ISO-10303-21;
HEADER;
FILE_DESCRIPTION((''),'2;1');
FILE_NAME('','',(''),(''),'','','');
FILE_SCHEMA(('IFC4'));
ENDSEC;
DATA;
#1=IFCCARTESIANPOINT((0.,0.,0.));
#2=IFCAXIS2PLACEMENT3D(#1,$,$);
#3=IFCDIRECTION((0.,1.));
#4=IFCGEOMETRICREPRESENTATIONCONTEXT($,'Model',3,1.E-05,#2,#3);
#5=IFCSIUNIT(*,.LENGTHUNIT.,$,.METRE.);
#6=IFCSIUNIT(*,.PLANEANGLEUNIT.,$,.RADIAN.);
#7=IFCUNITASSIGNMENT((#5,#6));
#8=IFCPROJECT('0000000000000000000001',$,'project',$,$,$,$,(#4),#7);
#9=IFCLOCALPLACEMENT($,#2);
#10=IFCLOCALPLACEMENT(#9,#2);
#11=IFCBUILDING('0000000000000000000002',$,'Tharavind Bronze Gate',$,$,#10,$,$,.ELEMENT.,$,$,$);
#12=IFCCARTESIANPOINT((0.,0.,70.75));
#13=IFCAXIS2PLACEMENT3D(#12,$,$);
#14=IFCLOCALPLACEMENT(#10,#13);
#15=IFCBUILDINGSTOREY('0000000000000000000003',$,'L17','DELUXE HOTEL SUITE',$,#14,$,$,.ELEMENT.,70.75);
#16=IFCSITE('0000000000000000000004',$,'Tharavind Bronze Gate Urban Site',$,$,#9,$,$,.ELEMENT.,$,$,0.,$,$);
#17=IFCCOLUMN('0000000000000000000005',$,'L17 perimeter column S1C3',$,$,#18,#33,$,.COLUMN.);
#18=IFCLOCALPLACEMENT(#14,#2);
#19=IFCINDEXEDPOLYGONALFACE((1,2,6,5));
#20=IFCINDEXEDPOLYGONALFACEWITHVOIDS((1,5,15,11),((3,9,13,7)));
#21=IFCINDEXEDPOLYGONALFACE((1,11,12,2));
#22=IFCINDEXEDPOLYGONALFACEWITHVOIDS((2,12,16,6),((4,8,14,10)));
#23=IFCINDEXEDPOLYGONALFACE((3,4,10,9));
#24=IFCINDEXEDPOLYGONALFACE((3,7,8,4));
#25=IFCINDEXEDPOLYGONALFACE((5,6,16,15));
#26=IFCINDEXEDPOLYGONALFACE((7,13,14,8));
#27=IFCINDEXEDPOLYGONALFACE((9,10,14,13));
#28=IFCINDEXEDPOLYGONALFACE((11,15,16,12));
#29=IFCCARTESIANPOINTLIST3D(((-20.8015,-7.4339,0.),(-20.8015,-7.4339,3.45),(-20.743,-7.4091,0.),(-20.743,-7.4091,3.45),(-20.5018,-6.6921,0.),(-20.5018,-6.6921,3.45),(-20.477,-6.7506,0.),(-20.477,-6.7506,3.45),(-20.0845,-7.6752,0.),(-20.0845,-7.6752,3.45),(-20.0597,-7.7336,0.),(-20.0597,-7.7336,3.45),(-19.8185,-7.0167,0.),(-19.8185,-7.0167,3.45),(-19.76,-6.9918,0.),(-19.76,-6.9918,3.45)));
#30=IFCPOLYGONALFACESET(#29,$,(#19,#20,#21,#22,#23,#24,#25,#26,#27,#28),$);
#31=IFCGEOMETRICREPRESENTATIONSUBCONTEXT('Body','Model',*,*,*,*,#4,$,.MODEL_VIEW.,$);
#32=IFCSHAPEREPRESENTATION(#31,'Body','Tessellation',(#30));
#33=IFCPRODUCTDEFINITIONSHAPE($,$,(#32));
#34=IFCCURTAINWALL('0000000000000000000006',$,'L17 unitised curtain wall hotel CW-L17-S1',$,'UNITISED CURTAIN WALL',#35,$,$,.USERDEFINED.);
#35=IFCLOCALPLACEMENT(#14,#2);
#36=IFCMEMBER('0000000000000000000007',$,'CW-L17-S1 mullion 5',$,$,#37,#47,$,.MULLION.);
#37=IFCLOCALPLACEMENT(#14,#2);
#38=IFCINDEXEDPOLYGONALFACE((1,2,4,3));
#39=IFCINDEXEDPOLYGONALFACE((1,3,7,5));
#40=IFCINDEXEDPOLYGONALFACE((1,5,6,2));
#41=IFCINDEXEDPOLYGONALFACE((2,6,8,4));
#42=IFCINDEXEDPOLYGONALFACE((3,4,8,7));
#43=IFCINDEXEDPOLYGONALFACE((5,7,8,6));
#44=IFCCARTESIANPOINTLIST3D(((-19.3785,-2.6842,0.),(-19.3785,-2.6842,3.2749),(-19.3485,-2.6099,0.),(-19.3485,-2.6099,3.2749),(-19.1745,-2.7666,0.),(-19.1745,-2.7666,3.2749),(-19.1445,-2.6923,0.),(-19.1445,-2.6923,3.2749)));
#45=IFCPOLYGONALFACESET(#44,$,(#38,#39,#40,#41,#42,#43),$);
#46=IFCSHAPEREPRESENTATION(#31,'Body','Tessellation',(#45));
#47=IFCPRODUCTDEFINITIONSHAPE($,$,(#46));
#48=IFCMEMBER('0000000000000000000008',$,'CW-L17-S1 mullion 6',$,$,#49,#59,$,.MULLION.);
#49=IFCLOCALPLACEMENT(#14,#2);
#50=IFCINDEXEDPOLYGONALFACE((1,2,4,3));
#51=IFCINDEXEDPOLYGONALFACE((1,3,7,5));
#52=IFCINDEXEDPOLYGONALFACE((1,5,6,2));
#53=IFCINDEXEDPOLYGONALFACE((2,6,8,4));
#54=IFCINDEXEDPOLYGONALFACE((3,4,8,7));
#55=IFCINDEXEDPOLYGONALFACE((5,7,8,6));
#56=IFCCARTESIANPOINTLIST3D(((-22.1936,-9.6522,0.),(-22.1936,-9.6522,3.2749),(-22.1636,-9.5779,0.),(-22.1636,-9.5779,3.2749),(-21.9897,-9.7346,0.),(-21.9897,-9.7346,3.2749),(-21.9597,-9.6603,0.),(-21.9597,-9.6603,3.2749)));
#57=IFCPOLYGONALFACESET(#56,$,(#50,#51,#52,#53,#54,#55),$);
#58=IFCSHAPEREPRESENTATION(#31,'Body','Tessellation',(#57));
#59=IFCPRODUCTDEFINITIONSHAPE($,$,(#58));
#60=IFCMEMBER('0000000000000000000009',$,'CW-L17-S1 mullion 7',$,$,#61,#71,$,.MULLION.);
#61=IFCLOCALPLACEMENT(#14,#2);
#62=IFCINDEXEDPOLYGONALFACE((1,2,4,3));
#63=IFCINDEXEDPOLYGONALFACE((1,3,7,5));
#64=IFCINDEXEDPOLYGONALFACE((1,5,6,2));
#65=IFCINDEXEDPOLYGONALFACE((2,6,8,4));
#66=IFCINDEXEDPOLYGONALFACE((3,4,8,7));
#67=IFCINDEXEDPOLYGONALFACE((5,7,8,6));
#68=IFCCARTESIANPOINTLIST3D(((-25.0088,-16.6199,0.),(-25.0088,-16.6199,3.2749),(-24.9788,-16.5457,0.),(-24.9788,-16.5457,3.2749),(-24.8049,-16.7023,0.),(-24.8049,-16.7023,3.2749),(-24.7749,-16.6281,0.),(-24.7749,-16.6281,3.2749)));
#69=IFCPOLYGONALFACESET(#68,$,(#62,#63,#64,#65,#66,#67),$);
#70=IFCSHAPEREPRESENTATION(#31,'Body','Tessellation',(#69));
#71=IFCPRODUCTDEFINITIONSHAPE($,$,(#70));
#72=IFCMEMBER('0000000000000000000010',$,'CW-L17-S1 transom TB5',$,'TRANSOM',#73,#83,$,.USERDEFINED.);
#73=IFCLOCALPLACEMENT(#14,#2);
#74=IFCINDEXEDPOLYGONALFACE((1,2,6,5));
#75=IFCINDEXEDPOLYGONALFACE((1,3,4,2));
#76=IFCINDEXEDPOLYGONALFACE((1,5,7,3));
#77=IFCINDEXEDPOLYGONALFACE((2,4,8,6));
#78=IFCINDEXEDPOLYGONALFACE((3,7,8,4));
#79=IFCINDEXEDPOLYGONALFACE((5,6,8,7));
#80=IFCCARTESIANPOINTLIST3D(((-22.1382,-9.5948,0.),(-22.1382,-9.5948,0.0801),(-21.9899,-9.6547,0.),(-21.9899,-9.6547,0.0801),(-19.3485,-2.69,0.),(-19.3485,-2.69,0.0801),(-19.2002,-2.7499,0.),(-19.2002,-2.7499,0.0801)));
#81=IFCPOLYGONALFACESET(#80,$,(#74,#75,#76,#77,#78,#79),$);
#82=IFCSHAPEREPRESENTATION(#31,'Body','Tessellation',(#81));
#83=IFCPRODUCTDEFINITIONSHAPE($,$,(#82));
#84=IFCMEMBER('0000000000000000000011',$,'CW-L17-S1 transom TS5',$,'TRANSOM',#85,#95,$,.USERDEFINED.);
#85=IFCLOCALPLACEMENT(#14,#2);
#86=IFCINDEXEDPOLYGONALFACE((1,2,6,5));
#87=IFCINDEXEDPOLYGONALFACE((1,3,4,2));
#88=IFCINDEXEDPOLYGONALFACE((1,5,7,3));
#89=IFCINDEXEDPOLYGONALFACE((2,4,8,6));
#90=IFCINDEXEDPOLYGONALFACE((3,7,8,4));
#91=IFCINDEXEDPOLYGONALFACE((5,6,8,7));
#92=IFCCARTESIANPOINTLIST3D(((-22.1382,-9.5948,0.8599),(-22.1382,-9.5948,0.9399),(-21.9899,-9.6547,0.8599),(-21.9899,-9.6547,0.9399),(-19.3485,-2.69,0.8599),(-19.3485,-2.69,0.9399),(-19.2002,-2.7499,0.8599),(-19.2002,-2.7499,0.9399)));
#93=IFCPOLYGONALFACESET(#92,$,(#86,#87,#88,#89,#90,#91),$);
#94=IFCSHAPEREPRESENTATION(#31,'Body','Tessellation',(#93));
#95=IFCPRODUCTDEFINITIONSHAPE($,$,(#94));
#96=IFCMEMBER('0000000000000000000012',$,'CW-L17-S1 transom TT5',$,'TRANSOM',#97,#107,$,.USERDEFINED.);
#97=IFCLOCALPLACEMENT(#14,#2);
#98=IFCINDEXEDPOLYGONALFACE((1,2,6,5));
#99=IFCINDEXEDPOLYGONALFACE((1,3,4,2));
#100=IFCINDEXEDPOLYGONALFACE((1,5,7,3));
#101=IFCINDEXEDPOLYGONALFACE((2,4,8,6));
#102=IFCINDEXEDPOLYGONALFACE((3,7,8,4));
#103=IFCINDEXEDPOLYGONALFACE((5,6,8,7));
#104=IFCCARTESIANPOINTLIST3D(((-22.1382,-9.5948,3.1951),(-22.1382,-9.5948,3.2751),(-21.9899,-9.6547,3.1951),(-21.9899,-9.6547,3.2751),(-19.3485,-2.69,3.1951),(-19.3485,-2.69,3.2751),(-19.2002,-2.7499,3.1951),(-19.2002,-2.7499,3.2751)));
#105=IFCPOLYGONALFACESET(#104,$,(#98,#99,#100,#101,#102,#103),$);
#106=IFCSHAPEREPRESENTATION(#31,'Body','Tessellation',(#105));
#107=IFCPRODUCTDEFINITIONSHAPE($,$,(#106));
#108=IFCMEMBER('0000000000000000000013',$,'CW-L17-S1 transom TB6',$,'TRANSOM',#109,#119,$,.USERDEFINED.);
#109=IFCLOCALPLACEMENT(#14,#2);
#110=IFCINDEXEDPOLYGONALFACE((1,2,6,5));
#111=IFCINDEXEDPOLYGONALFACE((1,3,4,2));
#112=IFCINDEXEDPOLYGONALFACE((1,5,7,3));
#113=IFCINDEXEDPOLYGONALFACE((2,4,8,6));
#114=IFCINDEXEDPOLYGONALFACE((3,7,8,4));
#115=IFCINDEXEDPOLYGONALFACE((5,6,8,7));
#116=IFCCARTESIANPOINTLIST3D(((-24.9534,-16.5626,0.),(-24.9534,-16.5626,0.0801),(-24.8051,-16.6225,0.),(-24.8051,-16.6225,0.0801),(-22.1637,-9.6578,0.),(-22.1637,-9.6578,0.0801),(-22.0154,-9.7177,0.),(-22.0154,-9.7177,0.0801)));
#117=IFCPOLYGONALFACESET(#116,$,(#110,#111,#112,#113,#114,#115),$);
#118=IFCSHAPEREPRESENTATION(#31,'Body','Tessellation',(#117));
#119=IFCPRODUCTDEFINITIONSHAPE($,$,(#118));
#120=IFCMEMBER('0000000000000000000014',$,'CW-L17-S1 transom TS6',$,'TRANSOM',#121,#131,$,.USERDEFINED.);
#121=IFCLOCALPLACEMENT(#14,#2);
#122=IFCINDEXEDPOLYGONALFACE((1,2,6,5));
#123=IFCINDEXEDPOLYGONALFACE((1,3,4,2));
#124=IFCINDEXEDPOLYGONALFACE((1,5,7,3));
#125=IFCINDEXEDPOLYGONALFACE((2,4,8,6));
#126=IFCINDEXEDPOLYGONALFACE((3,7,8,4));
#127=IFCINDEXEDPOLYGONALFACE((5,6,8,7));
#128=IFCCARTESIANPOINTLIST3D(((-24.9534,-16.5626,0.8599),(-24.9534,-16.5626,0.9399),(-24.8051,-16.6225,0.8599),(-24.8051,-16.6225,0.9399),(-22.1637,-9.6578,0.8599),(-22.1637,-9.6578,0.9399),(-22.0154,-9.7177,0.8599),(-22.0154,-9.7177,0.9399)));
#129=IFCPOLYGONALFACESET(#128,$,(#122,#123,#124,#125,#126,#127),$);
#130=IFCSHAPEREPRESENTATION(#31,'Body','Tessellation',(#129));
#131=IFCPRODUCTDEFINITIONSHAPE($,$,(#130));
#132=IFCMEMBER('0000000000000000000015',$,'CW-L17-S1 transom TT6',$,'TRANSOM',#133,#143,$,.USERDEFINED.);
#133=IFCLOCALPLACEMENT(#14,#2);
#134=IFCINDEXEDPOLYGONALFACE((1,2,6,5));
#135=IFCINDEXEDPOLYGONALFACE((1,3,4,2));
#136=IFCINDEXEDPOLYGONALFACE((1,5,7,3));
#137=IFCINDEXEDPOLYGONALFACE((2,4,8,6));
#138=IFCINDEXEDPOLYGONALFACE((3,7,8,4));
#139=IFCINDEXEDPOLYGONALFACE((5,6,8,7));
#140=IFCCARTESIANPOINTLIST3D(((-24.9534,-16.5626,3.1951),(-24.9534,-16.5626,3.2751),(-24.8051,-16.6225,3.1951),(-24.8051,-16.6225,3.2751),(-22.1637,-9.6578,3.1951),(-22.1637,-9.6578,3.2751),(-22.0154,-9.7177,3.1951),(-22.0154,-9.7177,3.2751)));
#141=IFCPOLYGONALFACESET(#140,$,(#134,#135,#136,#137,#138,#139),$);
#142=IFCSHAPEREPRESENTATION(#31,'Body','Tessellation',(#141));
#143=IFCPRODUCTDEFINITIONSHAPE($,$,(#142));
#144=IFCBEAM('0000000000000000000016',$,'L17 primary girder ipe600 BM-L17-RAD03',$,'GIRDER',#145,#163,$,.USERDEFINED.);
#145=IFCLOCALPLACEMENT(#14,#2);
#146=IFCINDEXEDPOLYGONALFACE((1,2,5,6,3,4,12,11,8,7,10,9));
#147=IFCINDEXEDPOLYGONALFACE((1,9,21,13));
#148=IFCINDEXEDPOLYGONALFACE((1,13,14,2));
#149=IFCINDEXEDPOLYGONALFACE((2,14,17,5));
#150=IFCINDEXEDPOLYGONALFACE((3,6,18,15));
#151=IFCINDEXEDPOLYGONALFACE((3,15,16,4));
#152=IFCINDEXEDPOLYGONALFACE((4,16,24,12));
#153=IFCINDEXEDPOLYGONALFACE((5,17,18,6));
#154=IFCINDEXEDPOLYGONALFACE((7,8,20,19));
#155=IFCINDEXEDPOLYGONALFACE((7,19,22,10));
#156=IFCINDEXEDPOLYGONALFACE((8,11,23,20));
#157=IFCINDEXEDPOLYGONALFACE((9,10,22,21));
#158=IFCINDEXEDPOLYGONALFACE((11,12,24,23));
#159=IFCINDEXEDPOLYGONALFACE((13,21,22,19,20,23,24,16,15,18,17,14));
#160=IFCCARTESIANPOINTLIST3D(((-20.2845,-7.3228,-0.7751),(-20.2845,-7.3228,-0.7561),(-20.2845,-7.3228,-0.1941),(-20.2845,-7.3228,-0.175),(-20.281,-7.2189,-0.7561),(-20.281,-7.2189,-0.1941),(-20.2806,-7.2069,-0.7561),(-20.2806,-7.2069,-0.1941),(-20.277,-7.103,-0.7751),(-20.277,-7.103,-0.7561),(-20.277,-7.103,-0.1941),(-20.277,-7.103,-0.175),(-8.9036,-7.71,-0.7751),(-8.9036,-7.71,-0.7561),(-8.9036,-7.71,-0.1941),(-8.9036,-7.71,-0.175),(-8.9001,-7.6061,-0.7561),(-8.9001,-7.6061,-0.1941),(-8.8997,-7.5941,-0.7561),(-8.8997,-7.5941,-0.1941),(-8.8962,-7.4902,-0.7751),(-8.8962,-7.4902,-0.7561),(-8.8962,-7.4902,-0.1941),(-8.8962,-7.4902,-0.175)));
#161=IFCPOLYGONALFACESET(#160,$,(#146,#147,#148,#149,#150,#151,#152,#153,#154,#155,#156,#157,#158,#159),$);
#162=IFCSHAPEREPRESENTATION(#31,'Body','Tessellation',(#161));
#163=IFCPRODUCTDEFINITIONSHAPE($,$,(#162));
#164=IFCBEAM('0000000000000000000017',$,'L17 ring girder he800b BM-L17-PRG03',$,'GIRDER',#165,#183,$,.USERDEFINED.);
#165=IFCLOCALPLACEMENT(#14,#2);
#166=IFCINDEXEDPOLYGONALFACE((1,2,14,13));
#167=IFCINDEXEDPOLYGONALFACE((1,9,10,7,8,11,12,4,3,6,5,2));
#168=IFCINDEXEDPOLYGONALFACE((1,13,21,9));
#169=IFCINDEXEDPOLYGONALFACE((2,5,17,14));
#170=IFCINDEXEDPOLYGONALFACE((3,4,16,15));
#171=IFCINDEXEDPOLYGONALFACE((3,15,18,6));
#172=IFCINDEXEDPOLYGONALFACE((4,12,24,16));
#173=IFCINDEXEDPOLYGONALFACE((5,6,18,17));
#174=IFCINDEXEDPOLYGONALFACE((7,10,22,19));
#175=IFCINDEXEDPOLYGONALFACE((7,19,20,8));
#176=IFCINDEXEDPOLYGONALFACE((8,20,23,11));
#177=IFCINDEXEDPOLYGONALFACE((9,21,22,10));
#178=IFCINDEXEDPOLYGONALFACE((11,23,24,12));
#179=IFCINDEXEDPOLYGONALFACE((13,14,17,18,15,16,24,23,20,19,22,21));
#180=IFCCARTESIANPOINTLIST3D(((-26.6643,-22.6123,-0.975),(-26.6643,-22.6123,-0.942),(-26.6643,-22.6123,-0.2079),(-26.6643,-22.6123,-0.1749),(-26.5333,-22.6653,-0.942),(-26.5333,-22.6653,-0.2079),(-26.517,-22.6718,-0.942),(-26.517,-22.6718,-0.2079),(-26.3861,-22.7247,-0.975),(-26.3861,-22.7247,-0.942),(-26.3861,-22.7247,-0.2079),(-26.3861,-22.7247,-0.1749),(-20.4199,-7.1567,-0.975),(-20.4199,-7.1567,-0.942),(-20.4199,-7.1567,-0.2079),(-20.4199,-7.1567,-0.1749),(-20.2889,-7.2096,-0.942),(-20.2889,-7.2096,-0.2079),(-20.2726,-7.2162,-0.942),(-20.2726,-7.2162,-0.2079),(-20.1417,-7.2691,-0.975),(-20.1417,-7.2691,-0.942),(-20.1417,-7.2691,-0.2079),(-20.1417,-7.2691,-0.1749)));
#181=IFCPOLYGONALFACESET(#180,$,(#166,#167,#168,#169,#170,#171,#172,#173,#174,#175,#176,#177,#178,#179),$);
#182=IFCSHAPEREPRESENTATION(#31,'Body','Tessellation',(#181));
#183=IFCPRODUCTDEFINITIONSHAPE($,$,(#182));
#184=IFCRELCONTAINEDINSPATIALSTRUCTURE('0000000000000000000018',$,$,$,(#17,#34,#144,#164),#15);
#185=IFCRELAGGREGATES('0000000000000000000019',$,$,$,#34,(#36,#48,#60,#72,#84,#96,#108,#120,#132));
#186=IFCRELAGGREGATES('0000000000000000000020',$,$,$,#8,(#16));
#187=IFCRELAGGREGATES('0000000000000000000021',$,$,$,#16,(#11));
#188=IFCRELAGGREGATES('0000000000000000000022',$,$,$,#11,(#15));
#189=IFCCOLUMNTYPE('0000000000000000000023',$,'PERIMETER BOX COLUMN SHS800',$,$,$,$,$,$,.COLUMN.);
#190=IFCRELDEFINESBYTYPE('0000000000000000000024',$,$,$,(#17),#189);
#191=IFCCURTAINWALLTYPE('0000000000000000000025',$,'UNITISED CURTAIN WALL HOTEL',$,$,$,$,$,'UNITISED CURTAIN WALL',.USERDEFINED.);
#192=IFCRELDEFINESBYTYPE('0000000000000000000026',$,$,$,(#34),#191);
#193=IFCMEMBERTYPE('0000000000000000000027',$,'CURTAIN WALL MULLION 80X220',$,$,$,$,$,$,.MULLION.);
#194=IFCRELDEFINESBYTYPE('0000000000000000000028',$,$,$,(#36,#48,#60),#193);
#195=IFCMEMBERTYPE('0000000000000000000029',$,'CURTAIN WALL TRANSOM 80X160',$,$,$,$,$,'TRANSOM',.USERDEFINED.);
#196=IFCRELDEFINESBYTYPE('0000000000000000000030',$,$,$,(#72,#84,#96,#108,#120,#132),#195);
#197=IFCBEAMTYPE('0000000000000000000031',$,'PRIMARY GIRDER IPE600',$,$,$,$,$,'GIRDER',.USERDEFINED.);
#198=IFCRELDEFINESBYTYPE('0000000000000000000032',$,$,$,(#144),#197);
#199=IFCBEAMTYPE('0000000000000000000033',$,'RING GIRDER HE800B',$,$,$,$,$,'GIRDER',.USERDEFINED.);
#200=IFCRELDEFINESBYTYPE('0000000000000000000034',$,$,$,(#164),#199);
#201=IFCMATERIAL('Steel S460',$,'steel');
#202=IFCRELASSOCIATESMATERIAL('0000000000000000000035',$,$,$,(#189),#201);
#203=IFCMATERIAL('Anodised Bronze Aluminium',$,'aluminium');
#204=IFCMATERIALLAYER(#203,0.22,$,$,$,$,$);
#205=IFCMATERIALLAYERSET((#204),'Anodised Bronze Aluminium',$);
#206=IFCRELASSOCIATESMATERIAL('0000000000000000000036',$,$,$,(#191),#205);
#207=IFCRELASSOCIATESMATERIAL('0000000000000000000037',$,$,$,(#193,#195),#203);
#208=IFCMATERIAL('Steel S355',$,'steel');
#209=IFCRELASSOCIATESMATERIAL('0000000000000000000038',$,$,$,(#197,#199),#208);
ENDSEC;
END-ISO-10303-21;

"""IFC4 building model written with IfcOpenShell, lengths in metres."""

from ifc_helpers import new_model, si_unit, direction, frame, origin, origin_2d, place, context, subcontext, project, spatial, rectangle, hollow_rectangle, i_section, extrude, material, layer, layer_set, material_profile, profile_set, type_object, element, aggregate, save


model = new_model("IFC4")

# Units and contexts
model_context = context("Model", 3, precision=1e-05, world=origin(), true_north=direction((0.0, 1.0)))
body_context = subcontext(model_context, "Body", "Model", "MODEL_VIEW")
ifc_project = project(units=[si_unit("LENGTHUNIT", "METRE"), si_unit("PLANEANGLEUNIT", "RADIAN")], contexts=[model_context])

# Site, building, storey
site_placement = place(None, origin())
site = spatial("IfcSite", under=ifc_project, at=site_placement, Name="Tharavind Bronze Gate Urban Site", CompositionType="ELEMENT", RefElevation=0.0)
building_placement = place(site_placement, origin())
building = spatial("IfcBuilding", under=site, at=building_placement, Name="Tharavind Bronze Gate", CompositionType="ELEMENT")
storey_placement = place(building_placement, frame((0.0, 0.0, 70.75)))
storey = spatial("IfcBuildingStorey", under=building, at=storey_placement, Name="L17", Description="DELUXE HOTEL SUITE", CompositionType="ELEMENT", Elevation=70.75)

# Column
ifc_material_1 = material(Name="Steel S460", Category="steel")
ifc_material_profile_1 = material_profile(ifc_material_1, hollow_rectangle(XDim=0.8, YDim=0.8, WallThickness=0.0449, at=origin_2d()), Name="SHS800X45")
ifc_profile_set_1 = profile_set([ifc_material_profile_1], Name="Steel S460")
column_type = type_object("IfcColumnType", Name="PERIMETER BOX COLUMN SHS800", PredefinedType="COLUMN", material=ifc_profile_set_1)
column_placement = place(storey_placement, frame((-20.2808, -7.2129, 0.0), z_axis=(0.0, 0.0, 1.0), x_axis=(0.374608, 0.927183, 0.0)))
element("IfcColumn", 1, at=column_placement, inside=storey, type_object=column_type, Name="L17 perimeter column S1C3", PredefinedType="COLUMN", context=body_context, shape_type="SweptSolid", body=[
    extrude(hollow_rectangle(XDim=0.8, YDim=0.8, WallThickness=0.0449, at=origin_2d()), origin(), (0.0, 0.0, 1.0), 3.45),
])

# Curtain wall, members
ifc_material_2 = material(Name="Anodised Bronze Aluminium", Category="aluminium")
ifc_layer_1 = layer(ifc_material_2, 0.22)
ifc_layer_set_1 = layer_set([ifc_layer_1], Name="Anodised Bronze Aluminium")
curtain_wall_type = type_object("IfcCurtainWallType", Name="UNITISED CURTAIN WALL HOTEL", ElementType="UNITISED CURTAIN WALL", PredefinedType="USERDEFINED", material=ifc_layer_set_1)
curtain_wall_placement = place(storey_placement, origin())
curtain_wall = element("IfcCurtainWall", 2, at=curtain_wall_placement, inside=storey, type_object=curtain_wall_type, Name="L17 unitised curtain wall hotel CW-L17-S1", ObjectType="UNITISED CURTAIN WALL", PredefinedType="USERDEFINED")
member_type_1 = type_object("IfcMemberType", Name="CURTAIN WALL MULLION 80X220", PredefinedType="MULLION", material=ifc_material_2)
member_1_placement = place(storey_placement, frame((-19.2615, -2.6882, 0.0), z_axis=(0.0, 0.0, 1.0), x_axis=(-0.374607, -0.927184, 0.0)))
member_1 = element("IfcMember", 3, at=member_1_placement, type_object=member_type_1, Name="CW-L17-S1 mullion 5", PredefinedType="MULLION", context=body_context, shape_type="SweptSolid", body=[
    extrude(rectangle(XDim=0.0801, YDim=0.22, at=origin_2d()), origin(), (0.0, 0.0, 1.0), 3.2749),
])
member_2_placement = place(storey_placement, frame((-22.0767, -9.6562, 0.0), z_axis=(0.0, 0.0, 1.0), x_axis=(-0.374607, -0.927184, 0.0)))
member_2 = element("IfcMember", 4, at=member_2_placement, type_object=member_type_1, Name="CW-L17-S1 mullion 6", PredefinedType="MULLION", context=body_context, shape_type="SweptSolid", body=[
    extrude(rectangle(XDim=0.0801, YDim=0.22, at=origin_2d()), origin(), (0.0, 0.0, 1.0), 3.2749),
])
member_3_placement = place(storey_placement, frame((-24.8918, -16.624, 0.0), z_axis=(0.0, 0.0, 1.0), x_axis=(-0.374607, -0.927184, 0.0)))
member_3 = element("IfcMember", 5, at=member_3_placement, type_object=member_type_1, Name="CW-L17-S1 mullion 7", PredefinedType="MULLION", context=body_context, shape_type="SweptSolid", body=[
    extrude(rectangle(XDim=0.0801, YDim=0.22, at=origin_2d()), origin(), (0.0, 0.0, 1.0), 3.2749),
])
member_type_2 = type_object("IfcMemberType", Name="CURTAIN WALL TRANSOM 80X160", ElementType="TRANSOM", PredefinedType="USERDEFINED", material=ifc_material_2)
member_4_placement = place(storey_placement, frame((-20.6692, -6.1724, 0.0), z_axis=(0.0, 0.0, 1.0), x_axis=(-0.374607, -0.927184, 0.0)))
member_4 = element("IfcMember", 6, at=member_4_placement, type_object=member_type_2, Name="CW-L17-S1 transom TB5", ObjectType="TRANSOM", PredefinedType="USERDEFINED", context=body_context, shape_type="SweptSolid", body=[
    extrude(rectangle(XDim=7.447, YDim=0.1599, at=origin_2d()), origin(), (0.0, 0.0, 1.0), 0.0801),
])
member_5_placement = place(storey_placement, frame((-20.6692, -6.1724, 0.8599), z_axis=(0.0, 0.0, 1.0), x_axis=(-0.374607, -0.927184, 0.0)))
member_5 = element("IfcMember", 7, at=member_5_placement, type_object=member_type_2, Name="CW-L17-S1 transom TS5", ObjectType="TRANSOM", PredefinedType="USERDEFINED", context=body_context, shape_type="SweptSolid", body=[
    extrude(rectangle(XDim=7.447, YDim=0.1599, at=origin_2d()), origin(), (0.0, 0.0, 1.0), 0.0801),
])
member_6_placement = place(storey_placement, frame((-20.6692, -6.1724, 3.1951), z_axis=(0.0, 0.0, 1.0), x_axis=(-0.374607, -0.927184, 0.0)))
member_6 = element("IfcMember", 8, at=member_6_placement, type_object=member_type_2, Name="CW-L17-S1 transom TT5", ObjectType="TRANSOM", PredefinedType="USERDEFINED", context=body_context, shape_type="SweptSolid", body=[
    extrude(rectangle(XDim=7.447, YDim=0.1599, at=origin_2d()), origin(), (0.0, 0.0, 1.0), 0.0801),
])
member_7_placement = place(storey_placement, frame((-23.4844, -13.1401, 0.0), z_axis=(0.0, 0.0, 1.0), x_axis=(-0.374607, -0.927184, 0.0)))
member_7 = element("IfcMember", 9, at=member_7_placement, type_object=member_type_2, Name="CW-L17-S1 transom TB6", ObjectType="TRANSOM", PredefinedType="USERDEFINED", context=body_context, shape_type="SweptSolid", body=[
    extrude(rectangle(XDim=7.447, YDim=0.1599, at=origin_2d()), origin(), (0.0, 0.0, 1.0), 0.0801),
])
member_8_placement = place(storey_placement, frame((-23.4844, -13.1401, 0.8599), z_axis=(0.0, 0.0, 1.0), x_axis=(-0.374607, -0.927184, 0.0)))
member_8 = element("IfcMember", 10, at=member_8_placement, type_object=member_type_2, Name="CW-L17-S1 transom TS6", ObjectType="TRANSOM", PredefinedType="USERDEFINED", context=body_context, shape_type="SweptSolid", body=[
    extrude(rectangle(XDim=7.447, YDim=0.1599, at=origin_2d()), origin(), (0.0, 0.0, 1.0), 0.0801),
])
member_9_placement = place(storey_placement, frame((-23.4844, -13.1401, 3.1951), z_axis=(0.0, 0.0, 1.0), x_axis=(-0.374607, -0.927184, 0.0)))
member_9 = element("IfcMember", 11, at=member_9_placement, type_object=member_type_2, Name="CW-L17-S1 transom TT6", ObjectType="TRANSOM", PredefinedType="USERDEFINED", context=body_context, shape_type="SweptSolid", body=[
    extrude(rectangle(XDim=7.447, YDim=0.1599, at=origin_2d()), origin(), (0.0, 0.0, 1.0), 0.0801),
])

# Beams
ifc_material_3 = material(Name="Steel S355", Category="steel")
ifc_material_profile_2 = material_profile(ifc_material_3, i_section(OverallWidth=0.22, OverallDepth=0.6001, WebThickness=0.012, FlangeThickness=0.019, at=origin_2d()), Name="IPE600")
ifc_profile_set_2 = profile_set([ifc_material_profile_2], Name="Steel S355")
beam_type_1 = type_object("IfcBeamType", Name="PRIMARY GIRDER IPE600", ElementType="GIRDER", PredefinedType="USERDEFINED", material=ifc_profile_set_2)
beam_1_placement = place(storey_placement, frame((-20.2808, -7.2129, -0.4751), z_axis=(0.999422, -0.034003, 0.0), x_axis=(0.034003, 0.999422, 0.0)))
element("IfcBeam", 12, at=beam_1_placement, inside=storey, type_object=beam_type_1, Name="L17 primary girder ipe600 BM-L17-RAD03", ObjectType="GIRDER", PredefinedType="USERDEFINED", context=body_context, shape_type="SweptSolid", body=[
    extrude(i_section(OverallWidth=0.22, OverallDepth=0.6001, WebThickness=0.012, FlangeThickness=0.019, at=origin_2d()), origin(), (0.0, 0.0, 1.0), 11.3875),
])
ifc_material_profile_3 = material_profile(ifc_material_3, i_section(OverallWidth=0.3, OverallDepth=0.8, WebThickness=0.0176, FlangeThickness=0.033, at=origin_2d()), Name="HE800B")
ifc_profile_set_3 = profile_set([ifc_material_profile_3], Name="Steel S355")
beam_type_2 = type_object("IfcBeamType", Name="RING GIRDER HE800B", ElementType="GIRDER", PredefinedType="USERDEFINED", material=ifc_profile_set_3)
beam_2_placement = place(storey_placement, frame((-20.2808, -7.2129, -0.575), z_axis=(-0.374603, -0.927185, 0.0), x_axis=(0.927185, -0.374603, 0.0)))
element("IfcBeam", 13, at=beam_2_placement, inside=storey, type_object=beam_type_2, Name="L17 ring girder he800b BM-L17-PRG03", ObjectType="GIRDER", PredefinedType="USERDEFINED", context=body_context, shape_type="SweptSolid", body=[
    extrude(i_section(OverallWidth=0.3, OverallDepth=0.8, WebThickness=0.0176, FlangeThickness=0.033, at=origin_2d()), origin(), (0.0, 0.0, 1.0), 16.6694),
])

aggregate(curtain_wall, [member_1, member_2, member_3, member_4, member_5, member_6, member_7, member_8, member_9])

save(model, "model.ifc")
